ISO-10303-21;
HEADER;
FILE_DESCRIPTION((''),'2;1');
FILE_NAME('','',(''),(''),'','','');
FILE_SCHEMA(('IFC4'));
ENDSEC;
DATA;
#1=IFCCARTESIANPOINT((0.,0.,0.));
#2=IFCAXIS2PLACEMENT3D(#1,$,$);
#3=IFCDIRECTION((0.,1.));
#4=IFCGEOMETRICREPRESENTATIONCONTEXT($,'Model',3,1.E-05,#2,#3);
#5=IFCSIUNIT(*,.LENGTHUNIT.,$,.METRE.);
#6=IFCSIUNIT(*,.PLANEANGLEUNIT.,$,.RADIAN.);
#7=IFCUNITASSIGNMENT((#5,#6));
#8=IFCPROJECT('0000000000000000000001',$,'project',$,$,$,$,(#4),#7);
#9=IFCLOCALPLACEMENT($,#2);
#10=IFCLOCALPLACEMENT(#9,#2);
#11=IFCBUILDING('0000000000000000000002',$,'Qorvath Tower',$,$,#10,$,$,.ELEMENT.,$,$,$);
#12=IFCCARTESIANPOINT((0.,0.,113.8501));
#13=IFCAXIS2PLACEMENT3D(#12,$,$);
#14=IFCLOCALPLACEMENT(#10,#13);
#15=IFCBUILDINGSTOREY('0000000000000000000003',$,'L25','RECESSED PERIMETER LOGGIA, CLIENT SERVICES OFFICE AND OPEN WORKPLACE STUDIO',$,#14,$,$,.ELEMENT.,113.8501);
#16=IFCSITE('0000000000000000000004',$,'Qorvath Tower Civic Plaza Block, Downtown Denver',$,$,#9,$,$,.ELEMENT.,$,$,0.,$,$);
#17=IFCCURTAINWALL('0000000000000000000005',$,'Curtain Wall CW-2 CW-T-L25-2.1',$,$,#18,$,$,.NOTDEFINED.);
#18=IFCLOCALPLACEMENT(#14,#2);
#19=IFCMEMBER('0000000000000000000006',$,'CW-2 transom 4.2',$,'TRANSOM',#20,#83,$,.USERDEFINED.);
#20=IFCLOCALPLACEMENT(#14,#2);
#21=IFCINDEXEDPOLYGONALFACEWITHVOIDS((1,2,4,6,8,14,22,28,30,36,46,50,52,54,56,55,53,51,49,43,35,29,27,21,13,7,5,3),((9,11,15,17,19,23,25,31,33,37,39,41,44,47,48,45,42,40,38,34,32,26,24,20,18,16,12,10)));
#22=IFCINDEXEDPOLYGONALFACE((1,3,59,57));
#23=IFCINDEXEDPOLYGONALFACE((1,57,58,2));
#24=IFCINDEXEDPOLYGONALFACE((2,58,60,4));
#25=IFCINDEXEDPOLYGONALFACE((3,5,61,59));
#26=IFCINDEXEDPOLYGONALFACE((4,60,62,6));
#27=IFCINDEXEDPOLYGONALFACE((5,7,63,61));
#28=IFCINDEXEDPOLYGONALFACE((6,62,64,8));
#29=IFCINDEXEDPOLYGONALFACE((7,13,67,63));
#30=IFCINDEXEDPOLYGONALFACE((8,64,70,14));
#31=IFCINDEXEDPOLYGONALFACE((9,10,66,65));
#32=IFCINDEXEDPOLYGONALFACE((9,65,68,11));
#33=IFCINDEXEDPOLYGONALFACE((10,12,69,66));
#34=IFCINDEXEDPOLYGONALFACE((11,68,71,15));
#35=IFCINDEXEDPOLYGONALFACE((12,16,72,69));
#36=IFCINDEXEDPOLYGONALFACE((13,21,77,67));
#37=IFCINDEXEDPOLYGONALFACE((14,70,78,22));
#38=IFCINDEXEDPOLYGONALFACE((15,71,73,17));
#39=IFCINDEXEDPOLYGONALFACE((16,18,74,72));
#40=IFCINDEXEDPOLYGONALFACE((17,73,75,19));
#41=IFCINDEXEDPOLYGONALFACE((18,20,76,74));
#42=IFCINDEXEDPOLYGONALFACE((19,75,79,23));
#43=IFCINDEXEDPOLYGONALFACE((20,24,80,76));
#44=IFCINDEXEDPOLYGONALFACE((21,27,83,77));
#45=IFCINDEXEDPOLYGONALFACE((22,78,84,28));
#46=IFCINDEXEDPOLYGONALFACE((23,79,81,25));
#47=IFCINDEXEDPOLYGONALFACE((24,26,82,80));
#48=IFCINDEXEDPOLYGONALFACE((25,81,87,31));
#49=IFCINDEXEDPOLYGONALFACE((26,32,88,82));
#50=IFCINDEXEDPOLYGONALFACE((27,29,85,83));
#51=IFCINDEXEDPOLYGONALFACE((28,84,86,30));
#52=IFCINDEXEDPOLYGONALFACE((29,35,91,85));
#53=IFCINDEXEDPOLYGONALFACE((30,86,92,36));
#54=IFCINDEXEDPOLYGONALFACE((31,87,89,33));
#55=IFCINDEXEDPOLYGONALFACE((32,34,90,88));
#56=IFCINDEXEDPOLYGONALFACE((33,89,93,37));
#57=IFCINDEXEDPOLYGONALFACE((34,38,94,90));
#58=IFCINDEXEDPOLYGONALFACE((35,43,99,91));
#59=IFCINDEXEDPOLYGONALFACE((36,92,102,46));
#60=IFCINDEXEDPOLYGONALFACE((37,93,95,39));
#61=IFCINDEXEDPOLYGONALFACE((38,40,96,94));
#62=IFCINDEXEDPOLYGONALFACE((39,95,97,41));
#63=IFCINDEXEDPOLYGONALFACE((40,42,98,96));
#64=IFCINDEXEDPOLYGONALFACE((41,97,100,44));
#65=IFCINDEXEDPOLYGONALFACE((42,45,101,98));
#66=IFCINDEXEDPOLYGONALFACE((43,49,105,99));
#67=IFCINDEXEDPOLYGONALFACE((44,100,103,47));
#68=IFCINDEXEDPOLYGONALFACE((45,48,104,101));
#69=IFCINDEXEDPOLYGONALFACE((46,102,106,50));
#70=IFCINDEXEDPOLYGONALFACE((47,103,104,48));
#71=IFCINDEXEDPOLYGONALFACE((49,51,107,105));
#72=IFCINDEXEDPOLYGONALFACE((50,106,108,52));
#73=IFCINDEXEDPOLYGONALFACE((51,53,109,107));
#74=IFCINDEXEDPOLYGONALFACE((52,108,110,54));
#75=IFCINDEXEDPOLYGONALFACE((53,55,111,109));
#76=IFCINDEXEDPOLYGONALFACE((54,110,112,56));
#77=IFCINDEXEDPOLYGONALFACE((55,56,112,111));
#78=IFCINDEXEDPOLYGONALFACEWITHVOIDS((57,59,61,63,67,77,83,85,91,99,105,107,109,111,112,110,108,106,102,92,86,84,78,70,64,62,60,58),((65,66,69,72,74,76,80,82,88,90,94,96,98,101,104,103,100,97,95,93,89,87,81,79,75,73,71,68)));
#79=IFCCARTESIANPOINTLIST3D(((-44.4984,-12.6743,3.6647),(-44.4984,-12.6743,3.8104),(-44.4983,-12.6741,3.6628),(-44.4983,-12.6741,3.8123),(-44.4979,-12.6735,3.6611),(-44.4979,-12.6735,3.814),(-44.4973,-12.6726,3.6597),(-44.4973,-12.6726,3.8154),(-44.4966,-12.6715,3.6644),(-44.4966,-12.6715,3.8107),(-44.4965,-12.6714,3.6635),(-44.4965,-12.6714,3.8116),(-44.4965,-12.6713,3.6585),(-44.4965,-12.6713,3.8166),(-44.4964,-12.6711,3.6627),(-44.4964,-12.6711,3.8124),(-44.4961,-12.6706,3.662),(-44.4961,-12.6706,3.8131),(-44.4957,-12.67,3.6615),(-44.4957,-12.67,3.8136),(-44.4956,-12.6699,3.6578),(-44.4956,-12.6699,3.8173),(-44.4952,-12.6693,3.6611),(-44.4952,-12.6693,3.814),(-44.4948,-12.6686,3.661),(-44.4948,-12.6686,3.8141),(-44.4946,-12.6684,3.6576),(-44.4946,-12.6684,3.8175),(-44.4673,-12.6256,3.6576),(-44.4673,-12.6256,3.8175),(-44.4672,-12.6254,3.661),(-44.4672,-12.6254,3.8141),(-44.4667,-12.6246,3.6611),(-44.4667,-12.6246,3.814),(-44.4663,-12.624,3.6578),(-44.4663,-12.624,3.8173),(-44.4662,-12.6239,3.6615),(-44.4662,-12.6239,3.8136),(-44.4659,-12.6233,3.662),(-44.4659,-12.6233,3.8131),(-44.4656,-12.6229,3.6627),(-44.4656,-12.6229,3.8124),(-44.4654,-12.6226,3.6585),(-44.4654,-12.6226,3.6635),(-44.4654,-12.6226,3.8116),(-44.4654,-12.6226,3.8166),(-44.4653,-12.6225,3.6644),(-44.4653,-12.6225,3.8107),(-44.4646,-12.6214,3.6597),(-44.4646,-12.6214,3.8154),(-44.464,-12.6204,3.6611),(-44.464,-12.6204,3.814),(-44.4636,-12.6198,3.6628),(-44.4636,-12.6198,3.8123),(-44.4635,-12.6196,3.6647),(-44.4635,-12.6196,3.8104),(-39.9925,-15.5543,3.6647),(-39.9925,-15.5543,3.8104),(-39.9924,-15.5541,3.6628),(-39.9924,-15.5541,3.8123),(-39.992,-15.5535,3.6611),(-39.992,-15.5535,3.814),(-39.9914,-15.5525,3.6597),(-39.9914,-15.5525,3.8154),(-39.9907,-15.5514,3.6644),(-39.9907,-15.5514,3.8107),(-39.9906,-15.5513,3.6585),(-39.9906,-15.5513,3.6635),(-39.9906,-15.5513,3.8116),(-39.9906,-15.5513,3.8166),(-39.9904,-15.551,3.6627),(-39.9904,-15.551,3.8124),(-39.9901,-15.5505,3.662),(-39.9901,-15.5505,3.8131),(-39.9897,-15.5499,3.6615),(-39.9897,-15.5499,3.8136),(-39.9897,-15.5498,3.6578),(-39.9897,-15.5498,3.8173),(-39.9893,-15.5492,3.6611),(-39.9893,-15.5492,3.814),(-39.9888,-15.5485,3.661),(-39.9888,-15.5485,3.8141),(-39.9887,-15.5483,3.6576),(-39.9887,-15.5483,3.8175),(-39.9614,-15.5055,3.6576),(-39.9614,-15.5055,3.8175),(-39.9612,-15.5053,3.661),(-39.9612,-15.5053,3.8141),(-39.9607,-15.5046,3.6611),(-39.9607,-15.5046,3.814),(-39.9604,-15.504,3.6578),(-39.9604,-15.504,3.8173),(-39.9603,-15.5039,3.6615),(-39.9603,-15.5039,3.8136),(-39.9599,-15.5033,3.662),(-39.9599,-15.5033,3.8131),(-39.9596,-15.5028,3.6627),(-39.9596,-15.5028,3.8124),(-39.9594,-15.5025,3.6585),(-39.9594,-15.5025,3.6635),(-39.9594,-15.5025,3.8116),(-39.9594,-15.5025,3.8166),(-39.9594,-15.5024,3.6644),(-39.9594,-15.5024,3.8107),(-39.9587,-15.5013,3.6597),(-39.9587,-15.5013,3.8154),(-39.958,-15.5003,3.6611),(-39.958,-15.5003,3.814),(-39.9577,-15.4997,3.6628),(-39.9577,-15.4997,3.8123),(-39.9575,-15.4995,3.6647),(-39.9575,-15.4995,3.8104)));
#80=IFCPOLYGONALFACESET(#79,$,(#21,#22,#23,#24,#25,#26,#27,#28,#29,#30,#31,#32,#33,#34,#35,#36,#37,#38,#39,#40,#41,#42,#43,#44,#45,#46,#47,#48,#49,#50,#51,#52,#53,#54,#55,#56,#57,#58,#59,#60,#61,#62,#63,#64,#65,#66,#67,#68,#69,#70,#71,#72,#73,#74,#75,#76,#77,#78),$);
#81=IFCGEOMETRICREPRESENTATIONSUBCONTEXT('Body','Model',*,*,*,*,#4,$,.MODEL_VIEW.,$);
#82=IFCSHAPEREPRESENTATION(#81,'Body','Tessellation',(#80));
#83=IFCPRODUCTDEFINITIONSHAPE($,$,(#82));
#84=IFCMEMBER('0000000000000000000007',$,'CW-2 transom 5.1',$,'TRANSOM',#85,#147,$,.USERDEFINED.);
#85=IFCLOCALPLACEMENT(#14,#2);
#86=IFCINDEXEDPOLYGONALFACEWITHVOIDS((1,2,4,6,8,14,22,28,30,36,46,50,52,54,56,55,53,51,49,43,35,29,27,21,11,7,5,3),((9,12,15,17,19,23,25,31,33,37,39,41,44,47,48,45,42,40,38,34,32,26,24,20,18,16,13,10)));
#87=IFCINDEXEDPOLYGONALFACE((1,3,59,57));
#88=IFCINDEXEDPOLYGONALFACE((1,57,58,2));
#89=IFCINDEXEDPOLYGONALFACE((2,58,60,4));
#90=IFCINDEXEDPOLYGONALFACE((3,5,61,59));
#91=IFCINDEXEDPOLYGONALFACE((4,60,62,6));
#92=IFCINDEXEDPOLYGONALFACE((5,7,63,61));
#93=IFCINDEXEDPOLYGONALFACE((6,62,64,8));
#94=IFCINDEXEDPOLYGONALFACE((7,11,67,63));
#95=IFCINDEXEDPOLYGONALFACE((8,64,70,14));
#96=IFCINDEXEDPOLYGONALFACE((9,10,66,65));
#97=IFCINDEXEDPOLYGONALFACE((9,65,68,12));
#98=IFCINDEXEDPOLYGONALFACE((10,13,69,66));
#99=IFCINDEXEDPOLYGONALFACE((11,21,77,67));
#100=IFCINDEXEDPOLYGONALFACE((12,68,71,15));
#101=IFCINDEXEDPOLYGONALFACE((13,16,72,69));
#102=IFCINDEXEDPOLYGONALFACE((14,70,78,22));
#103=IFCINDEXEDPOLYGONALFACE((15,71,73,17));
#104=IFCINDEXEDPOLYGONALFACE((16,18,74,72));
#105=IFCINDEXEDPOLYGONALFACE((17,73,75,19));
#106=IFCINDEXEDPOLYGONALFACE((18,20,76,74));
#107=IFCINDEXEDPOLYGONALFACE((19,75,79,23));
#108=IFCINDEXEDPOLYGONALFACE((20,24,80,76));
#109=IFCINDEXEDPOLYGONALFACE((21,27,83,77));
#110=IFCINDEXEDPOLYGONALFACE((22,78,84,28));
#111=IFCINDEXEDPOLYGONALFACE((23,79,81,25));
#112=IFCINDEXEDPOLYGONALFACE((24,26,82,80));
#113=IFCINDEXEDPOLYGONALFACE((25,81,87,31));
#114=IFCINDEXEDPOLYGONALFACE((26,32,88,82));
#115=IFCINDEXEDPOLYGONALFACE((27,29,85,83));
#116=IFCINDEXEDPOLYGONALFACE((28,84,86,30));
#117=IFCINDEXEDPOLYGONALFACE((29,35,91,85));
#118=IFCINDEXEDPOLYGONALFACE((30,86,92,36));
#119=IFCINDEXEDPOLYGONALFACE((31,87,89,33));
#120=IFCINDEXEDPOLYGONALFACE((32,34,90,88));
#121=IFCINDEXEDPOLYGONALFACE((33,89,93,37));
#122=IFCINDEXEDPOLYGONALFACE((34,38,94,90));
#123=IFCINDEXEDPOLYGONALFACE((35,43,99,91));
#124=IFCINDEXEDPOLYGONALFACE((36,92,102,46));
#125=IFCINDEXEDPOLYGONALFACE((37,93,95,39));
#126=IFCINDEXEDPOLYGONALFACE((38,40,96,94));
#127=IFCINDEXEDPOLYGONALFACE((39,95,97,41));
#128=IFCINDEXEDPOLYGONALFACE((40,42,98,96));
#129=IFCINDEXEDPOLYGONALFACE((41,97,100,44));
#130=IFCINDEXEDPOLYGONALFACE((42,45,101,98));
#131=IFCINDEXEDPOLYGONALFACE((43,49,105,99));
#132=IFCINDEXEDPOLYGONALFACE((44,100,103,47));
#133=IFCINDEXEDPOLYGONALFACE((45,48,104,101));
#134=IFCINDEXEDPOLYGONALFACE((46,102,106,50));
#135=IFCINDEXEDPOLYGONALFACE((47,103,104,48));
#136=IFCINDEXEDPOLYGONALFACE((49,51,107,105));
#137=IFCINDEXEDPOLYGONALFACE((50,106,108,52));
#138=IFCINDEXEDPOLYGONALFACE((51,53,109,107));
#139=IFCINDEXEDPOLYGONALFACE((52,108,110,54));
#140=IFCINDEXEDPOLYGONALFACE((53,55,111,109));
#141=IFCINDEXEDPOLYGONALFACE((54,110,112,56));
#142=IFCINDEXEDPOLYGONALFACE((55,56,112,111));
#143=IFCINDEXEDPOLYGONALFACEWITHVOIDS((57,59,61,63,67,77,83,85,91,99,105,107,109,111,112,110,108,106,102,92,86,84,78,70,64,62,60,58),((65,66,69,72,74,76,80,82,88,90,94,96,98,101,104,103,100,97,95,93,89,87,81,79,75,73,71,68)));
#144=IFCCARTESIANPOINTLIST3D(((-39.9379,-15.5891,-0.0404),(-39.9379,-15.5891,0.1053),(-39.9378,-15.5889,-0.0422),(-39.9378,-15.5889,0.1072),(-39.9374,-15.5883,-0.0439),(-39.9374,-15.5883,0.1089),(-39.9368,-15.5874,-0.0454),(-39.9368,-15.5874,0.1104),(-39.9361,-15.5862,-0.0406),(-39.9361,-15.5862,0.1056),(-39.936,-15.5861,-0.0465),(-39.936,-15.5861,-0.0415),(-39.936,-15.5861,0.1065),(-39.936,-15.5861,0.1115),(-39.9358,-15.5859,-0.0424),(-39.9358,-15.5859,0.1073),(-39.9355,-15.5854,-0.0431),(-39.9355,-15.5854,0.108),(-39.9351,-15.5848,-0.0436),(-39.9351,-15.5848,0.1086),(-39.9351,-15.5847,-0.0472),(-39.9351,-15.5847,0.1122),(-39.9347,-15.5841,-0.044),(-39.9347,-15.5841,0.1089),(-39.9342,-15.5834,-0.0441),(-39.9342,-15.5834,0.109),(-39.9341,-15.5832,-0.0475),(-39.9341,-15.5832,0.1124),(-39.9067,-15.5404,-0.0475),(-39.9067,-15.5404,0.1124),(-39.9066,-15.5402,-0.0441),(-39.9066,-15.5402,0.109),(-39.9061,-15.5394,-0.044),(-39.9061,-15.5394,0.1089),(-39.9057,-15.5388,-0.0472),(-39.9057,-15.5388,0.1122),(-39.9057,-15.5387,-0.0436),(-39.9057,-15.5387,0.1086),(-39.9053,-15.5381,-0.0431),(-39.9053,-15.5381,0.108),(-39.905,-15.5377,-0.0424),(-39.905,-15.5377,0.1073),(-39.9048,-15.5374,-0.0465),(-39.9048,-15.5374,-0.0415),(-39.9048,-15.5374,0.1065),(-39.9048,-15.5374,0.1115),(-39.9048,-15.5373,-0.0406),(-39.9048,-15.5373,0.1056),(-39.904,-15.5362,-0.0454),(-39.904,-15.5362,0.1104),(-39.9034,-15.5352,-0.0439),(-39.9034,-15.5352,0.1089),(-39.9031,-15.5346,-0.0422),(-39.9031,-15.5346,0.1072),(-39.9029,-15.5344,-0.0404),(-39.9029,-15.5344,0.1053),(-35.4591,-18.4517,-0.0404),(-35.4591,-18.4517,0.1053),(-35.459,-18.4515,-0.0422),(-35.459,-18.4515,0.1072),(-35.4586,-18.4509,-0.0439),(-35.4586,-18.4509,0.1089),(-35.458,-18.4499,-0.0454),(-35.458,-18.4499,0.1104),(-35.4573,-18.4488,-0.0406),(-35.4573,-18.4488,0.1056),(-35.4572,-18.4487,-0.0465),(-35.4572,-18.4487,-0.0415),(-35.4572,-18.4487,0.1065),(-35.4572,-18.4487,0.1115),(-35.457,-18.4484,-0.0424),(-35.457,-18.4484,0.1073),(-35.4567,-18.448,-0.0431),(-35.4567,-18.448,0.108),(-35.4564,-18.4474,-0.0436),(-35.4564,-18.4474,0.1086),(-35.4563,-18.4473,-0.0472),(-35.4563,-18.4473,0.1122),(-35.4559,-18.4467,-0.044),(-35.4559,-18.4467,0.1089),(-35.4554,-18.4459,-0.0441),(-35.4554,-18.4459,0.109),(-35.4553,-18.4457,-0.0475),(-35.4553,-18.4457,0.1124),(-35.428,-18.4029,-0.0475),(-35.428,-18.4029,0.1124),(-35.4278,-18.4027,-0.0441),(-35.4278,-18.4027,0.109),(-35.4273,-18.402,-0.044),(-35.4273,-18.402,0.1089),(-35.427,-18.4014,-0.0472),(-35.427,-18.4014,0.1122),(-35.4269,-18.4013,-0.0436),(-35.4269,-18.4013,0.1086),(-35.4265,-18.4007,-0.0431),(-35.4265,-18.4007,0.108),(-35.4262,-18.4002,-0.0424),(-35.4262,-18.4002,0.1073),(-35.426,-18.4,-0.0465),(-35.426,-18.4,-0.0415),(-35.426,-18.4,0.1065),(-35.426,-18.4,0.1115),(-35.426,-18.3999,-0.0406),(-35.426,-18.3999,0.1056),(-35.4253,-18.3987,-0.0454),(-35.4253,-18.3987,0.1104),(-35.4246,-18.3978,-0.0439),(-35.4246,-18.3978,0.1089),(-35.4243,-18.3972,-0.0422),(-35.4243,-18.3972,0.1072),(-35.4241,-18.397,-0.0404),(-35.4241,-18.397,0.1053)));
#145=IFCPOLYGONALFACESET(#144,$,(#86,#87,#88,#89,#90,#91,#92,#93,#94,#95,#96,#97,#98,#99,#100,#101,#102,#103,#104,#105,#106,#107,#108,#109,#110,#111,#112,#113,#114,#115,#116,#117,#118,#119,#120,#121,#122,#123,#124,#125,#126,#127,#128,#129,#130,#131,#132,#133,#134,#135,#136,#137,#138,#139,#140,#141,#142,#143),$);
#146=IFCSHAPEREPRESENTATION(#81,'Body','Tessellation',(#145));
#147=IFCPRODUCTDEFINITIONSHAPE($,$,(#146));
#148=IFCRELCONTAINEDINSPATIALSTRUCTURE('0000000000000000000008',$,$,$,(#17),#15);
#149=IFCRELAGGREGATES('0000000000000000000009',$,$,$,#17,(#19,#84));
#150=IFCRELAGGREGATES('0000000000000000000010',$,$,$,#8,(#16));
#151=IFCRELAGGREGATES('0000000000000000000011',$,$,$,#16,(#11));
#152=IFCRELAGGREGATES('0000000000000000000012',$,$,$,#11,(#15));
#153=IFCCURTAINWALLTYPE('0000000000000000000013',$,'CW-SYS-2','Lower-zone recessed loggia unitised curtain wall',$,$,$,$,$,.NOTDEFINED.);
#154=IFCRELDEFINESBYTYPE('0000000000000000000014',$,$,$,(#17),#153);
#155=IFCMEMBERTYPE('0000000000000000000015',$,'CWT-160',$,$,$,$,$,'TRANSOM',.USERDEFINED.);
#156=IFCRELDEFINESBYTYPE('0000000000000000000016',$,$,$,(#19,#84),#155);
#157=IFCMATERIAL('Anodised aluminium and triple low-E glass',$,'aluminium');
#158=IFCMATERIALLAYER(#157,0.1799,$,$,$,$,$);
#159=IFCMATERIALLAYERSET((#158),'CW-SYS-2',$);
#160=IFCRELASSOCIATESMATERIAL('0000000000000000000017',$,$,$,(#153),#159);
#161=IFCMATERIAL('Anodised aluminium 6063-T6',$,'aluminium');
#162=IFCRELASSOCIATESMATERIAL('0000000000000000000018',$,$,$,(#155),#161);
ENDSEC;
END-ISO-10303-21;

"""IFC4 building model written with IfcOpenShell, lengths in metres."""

from ifc_helpers import new_model, si_unit, direction, frame, origin, origin_2d, place, context, subcontext, project, spatial, hollow_rectangle, extrude, material, layer, layer_set, material_profile, profile_set, type_object, element, aggregate, save


model = new_model("IFC4")

# Units and contexts
model_context = context("Model", 3, precision=1e-05, world=origin(), true_north=direction((0.0, 1.0)))
body_context = subcontext(model_context, "Body", "Model", "MODEL_VIEW")
ifc_project = project(units=[si_unit("LENGTHUNIT", "METRE"), si_unit("PLANEANGLEUNIT", "RADIAN")], contexts=[model_context])

# Site, building, storey
site_placement = place(None, origin())
site = spatial("IfcSite", under=ifc_project, at=site_placement, Name="Qorvath Tower Civic Plaza Block, Downtown Denver", CompositionType="ELEMENT", RefElevation=0.0)
building_placement = place(site_placement, origin())
building = spatial("IfcBuilding", under=site, at=building_placement, Name="Qorvath Tower", CompositionType="ELEMENT")
storey_placement = place(building_placement, frame((0.0, 0.0, 113.8501)))
storey = spatial("IfcBuildingStorey", under=building, at=storey_placement, Name="L25", Description="RECESSED PERIMETER LOGGIA, CLIENT SERVICES OFFICE AND OPEN WORKPLACE STUDIO", CompositionType="ELEMENT", Elevation=113.8501)

# Curtain wall, members
ifc_material_1 = material(Name="Anodised aluminium and triple low-E glass", Category="aluminium")
ifc_layer_1 = layer(ifc_material_1, 0.1799)
ifc_layer_set_1 = layer_set([ifc_layer_1], Name="CW-SYS-2")
curtain_wall_type = type_object("IfcCurtainWallType", Name="CW-SYS-2", Description="Lower-zone recessed loggia unitised curtain wall", PredefinedType="NOTDEFINED", material=ifc_layer_set_1)
curtain_wall_placement = place(storey_placement, origin())
curtain_wall = element("IfcCurtainWall", 1, at=curtain_wall_placement, inside=storey, type_object=curtain_wall_type, Name="Curtain Wall CW-2 CW-T-L25-2.1", PredefinedType="NOTDEFINED")
ifc_material_2 = material(Name="Anodised aluminium 6063-T6", Category="aluminium")
ifc_material_profile_1 = material_profile(ifc_material_2, hollow_rectangle(XDim=0.0649, YDim=0.1599, WallThickness=0.0034, InnerFilletRadius=0.0034, OuterFilletRadius=0.0071, at=origin_2d()), Name="CWT 160x65")
ifc_profile_set_1 = profile_set([ifc_material_profile_1], Name="Anodised aluminium 6063-T6")
member_type_1 = type_object("IfcMemberType", Name="CWT-160", ElementType="TRANSOM", PredefinedType="USERDEFINED", material=ifc_profile_set_1)
member_1_placement = place(storey_placement, frame((-44.481, -12.647, 3.7375), z_axis=(0.8426, -0.538541, 0.0), x_axis=(0.538541, 0.8426, 0.0)))
member_1 = element("IfcMember", 2, at=member_1_placement, type_object=member_type_1, Name="CW-2 transom 4.2", ObjectType="TRANSOM", PredefinedType="USERDEFINED", context=body_context, shape_type="SweptSolid", body=[
    extrude(hollow_rectangle(XDim=0.0649, YDim=0.1599, WallThickness=0.0034, InnerFilletRadius=0.0034, OuterFilletRadius=0.0071, at=origin_2d()), origin(), (0.0, 0.0, 1.0), 5.3477),
])
member_2_placement = place(storey_placement, frame((-39.9204, -15.5618, 0.0325), z_axis=(0.842601, -0.538539, 0.0), x_axis=(0.538539, 0.842601, 0.0)))
member_2 = element("IfcMember", 3, at=member_2_placement, type_object=member_type_1, Name="CW-2 transom 5.1", ObjectType="TRANSOM", PredefinedType="USERDEFINED", context=body_context, shape_type="SweptSolid", body=[
    extrude(hollow_rectangle(XDim=0.0649, YDim=0.1599, WallThickness=0.0034, InnerFilletRadius=0.0034, OuterFilletRadius=0.0071, at=origin_2d()), origin(), (0.0, 0.0, 1.0), 5.3154),
])
aggregate(curtain_wall, [member_1, member_2])

save(model, "model.ifc")
